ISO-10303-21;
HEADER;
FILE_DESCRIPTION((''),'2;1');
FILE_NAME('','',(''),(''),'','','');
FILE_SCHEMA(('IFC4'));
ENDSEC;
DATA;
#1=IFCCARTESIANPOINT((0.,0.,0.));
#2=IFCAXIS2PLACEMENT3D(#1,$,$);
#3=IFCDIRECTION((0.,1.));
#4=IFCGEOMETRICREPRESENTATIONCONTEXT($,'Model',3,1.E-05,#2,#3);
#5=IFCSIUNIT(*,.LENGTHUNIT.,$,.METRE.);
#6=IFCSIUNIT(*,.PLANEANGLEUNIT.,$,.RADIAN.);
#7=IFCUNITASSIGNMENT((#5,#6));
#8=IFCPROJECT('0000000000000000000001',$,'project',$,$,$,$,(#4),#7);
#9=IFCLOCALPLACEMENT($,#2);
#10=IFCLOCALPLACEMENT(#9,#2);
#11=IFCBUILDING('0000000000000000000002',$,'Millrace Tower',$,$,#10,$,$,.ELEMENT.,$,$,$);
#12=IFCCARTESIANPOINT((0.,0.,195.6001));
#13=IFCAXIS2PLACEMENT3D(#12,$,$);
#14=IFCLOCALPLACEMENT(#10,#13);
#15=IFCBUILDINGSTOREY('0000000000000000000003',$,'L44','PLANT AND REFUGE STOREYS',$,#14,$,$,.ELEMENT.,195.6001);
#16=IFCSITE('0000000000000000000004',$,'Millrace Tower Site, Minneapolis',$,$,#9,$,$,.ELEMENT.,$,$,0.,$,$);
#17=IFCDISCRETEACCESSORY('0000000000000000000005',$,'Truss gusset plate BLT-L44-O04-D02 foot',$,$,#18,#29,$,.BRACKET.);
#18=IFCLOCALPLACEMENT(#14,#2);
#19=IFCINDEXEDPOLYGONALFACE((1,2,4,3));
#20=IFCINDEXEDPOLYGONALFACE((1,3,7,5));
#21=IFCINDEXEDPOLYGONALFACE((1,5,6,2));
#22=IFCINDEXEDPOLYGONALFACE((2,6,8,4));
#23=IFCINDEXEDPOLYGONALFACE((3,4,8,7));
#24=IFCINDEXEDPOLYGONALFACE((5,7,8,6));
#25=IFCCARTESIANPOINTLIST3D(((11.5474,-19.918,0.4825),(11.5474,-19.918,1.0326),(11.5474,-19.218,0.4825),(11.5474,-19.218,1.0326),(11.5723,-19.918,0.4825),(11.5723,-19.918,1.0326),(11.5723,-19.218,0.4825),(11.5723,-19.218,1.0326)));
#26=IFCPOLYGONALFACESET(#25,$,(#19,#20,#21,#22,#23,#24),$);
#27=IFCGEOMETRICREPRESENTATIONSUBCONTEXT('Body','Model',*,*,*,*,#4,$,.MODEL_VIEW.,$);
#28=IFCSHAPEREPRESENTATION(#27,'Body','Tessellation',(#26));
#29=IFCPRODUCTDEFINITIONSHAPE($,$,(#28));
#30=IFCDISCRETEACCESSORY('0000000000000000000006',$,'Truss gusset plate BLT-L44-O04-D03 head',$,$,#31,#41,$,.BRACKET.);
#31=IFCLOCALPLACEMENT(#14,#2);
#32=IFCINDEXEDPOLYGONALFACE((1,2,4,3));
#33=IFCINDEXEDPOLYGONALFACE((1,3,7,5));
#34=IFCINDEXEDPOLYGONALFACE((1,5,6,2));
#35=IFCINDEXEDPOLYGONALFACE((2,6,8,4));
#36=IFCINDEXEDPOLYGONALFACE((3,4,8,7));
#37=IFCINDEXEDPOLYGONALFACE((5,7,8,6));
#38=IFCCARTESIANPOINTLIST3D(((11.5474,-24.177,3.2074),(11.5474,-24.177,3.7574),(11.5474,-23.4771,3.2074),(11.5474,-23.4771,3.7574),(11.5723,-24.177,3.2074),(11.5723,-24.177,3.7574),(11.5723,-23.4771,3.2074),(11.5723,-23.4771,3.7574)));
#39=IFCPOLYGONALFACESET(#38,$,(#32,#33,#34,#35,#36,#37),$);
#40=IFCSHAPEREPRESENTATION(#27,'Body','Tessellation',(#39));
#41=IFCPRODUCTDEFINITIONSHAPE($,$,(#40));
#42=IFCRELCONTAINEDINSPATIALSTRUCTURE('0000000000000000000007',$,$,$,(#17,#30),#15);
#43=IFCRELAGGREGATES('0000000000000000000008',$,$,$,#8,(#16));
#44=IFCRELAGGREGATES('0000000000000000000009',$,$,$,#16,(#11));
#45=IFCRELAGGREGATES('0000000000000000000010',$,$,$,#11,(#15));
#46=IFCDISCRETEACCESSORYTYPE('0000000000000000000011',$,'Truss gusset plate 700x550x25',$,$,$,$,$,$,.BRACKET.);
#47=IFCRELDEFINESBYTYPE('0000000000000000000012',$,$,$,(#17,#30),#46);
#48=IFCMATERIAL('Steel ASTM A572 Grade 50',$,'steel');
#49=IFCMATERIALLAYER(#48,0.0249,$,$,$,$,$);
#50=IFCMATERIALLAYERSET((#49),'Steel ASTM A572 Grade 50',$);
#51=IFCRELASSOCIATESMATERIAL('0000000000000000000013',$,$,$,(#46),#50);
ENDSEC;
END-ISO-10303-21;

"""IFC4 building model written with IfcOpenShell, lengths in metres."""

from ifc_helpers import new_model, si_unit, direction, frame, origin, origin_2d, place, context, subcontext, project, spatial, rectangle, extrude, material, layer, layer_set, type_object, element, save


model = new_model("IFC4")

# Units and contexts
model_context = context("Model", 3, precision=1e-05, world=origin(), true_north=direction((0.0, 1.0)))
body_context = subcontext(model_context, "Body", "Model", "MODEL_VIEW")
ifc_project = project(units=[si_unit("LENGTHUNIT", "METRE"), si_unit("PLANEANGLEUNIT", "RADIAN")], contexts=[model_context])

# Site, building, storey
site_placement = place(None, origin())
site = spatial("IfcSite", under=ifc_project, at=site_placement, Name="Millrace Tower Site, Minneapolis", CompositionType="ELEMENT", RefElevation=0.0)
building_placement = place(site_placement, origin())
building = spatial("IfcBuilding", under=site, at=building_placement, Name="Millrace Tower", CompositionType="ELEMENT")
storey_placement = place(building_placement, frame((0.0, 0.0, 195.6001)))
storey = spatial("IfcBuildingStorey", under=building, at=storey_placement, Name="L44", Description="PLANT AND REFUGE STOREYS", CompositionType="ELEMENT", Elevation=195.6001)

# Discrete accessories
ifc_material_1 = material(Name="Steel ASTM A572 Grade 50", Category="steel")
ifc_layer_1 = layer(ifc_material_1, 0.0249)
ifc_layer_set_1 = layer_set([ifc_layer_1], Name="Steel ASTM A572 Grade 50")
discrete_accessory_type = type_object("IfcDiscreteAccessoryType", Name="Truss gusset plate 700x550x25", PredefinedType="BRACKET", material=ifc_layer_set_1)
for number, where, z_axis, x_axis, name in (
    (1, (11.5598, -19.918, 0.7576), (0.0, 1.0, 0.0), (-1.0, 0.0, 0.0), "Truss gusset plate BLT-L44-O04-D02 foot"),
    (2, (11.5598, -24.177, 3.4824), (0.0, 1.0, 0.0), (-1.0, 0.0, 0.0), "Truss gusset plate BLT-L44-O04-D03 head"),
):
    element("IfcDiscreteAccessory", number, at=place(storey_placement, frame(where, z_axis=z_axis, x_axis=x_axis)), inside=storey, type_object=discrete_accessory_type, Name=name, PredefinedType="BRACKET", context=body_context, shape_type="SweptSolid", body=[
        extrude(rectangle(XDim=0.0249, YDim=0.55, at=origin_2d()), origin(), (0.0, 0.0, 1.0), 0.7),
    ])

save(model, "model.ifc")
